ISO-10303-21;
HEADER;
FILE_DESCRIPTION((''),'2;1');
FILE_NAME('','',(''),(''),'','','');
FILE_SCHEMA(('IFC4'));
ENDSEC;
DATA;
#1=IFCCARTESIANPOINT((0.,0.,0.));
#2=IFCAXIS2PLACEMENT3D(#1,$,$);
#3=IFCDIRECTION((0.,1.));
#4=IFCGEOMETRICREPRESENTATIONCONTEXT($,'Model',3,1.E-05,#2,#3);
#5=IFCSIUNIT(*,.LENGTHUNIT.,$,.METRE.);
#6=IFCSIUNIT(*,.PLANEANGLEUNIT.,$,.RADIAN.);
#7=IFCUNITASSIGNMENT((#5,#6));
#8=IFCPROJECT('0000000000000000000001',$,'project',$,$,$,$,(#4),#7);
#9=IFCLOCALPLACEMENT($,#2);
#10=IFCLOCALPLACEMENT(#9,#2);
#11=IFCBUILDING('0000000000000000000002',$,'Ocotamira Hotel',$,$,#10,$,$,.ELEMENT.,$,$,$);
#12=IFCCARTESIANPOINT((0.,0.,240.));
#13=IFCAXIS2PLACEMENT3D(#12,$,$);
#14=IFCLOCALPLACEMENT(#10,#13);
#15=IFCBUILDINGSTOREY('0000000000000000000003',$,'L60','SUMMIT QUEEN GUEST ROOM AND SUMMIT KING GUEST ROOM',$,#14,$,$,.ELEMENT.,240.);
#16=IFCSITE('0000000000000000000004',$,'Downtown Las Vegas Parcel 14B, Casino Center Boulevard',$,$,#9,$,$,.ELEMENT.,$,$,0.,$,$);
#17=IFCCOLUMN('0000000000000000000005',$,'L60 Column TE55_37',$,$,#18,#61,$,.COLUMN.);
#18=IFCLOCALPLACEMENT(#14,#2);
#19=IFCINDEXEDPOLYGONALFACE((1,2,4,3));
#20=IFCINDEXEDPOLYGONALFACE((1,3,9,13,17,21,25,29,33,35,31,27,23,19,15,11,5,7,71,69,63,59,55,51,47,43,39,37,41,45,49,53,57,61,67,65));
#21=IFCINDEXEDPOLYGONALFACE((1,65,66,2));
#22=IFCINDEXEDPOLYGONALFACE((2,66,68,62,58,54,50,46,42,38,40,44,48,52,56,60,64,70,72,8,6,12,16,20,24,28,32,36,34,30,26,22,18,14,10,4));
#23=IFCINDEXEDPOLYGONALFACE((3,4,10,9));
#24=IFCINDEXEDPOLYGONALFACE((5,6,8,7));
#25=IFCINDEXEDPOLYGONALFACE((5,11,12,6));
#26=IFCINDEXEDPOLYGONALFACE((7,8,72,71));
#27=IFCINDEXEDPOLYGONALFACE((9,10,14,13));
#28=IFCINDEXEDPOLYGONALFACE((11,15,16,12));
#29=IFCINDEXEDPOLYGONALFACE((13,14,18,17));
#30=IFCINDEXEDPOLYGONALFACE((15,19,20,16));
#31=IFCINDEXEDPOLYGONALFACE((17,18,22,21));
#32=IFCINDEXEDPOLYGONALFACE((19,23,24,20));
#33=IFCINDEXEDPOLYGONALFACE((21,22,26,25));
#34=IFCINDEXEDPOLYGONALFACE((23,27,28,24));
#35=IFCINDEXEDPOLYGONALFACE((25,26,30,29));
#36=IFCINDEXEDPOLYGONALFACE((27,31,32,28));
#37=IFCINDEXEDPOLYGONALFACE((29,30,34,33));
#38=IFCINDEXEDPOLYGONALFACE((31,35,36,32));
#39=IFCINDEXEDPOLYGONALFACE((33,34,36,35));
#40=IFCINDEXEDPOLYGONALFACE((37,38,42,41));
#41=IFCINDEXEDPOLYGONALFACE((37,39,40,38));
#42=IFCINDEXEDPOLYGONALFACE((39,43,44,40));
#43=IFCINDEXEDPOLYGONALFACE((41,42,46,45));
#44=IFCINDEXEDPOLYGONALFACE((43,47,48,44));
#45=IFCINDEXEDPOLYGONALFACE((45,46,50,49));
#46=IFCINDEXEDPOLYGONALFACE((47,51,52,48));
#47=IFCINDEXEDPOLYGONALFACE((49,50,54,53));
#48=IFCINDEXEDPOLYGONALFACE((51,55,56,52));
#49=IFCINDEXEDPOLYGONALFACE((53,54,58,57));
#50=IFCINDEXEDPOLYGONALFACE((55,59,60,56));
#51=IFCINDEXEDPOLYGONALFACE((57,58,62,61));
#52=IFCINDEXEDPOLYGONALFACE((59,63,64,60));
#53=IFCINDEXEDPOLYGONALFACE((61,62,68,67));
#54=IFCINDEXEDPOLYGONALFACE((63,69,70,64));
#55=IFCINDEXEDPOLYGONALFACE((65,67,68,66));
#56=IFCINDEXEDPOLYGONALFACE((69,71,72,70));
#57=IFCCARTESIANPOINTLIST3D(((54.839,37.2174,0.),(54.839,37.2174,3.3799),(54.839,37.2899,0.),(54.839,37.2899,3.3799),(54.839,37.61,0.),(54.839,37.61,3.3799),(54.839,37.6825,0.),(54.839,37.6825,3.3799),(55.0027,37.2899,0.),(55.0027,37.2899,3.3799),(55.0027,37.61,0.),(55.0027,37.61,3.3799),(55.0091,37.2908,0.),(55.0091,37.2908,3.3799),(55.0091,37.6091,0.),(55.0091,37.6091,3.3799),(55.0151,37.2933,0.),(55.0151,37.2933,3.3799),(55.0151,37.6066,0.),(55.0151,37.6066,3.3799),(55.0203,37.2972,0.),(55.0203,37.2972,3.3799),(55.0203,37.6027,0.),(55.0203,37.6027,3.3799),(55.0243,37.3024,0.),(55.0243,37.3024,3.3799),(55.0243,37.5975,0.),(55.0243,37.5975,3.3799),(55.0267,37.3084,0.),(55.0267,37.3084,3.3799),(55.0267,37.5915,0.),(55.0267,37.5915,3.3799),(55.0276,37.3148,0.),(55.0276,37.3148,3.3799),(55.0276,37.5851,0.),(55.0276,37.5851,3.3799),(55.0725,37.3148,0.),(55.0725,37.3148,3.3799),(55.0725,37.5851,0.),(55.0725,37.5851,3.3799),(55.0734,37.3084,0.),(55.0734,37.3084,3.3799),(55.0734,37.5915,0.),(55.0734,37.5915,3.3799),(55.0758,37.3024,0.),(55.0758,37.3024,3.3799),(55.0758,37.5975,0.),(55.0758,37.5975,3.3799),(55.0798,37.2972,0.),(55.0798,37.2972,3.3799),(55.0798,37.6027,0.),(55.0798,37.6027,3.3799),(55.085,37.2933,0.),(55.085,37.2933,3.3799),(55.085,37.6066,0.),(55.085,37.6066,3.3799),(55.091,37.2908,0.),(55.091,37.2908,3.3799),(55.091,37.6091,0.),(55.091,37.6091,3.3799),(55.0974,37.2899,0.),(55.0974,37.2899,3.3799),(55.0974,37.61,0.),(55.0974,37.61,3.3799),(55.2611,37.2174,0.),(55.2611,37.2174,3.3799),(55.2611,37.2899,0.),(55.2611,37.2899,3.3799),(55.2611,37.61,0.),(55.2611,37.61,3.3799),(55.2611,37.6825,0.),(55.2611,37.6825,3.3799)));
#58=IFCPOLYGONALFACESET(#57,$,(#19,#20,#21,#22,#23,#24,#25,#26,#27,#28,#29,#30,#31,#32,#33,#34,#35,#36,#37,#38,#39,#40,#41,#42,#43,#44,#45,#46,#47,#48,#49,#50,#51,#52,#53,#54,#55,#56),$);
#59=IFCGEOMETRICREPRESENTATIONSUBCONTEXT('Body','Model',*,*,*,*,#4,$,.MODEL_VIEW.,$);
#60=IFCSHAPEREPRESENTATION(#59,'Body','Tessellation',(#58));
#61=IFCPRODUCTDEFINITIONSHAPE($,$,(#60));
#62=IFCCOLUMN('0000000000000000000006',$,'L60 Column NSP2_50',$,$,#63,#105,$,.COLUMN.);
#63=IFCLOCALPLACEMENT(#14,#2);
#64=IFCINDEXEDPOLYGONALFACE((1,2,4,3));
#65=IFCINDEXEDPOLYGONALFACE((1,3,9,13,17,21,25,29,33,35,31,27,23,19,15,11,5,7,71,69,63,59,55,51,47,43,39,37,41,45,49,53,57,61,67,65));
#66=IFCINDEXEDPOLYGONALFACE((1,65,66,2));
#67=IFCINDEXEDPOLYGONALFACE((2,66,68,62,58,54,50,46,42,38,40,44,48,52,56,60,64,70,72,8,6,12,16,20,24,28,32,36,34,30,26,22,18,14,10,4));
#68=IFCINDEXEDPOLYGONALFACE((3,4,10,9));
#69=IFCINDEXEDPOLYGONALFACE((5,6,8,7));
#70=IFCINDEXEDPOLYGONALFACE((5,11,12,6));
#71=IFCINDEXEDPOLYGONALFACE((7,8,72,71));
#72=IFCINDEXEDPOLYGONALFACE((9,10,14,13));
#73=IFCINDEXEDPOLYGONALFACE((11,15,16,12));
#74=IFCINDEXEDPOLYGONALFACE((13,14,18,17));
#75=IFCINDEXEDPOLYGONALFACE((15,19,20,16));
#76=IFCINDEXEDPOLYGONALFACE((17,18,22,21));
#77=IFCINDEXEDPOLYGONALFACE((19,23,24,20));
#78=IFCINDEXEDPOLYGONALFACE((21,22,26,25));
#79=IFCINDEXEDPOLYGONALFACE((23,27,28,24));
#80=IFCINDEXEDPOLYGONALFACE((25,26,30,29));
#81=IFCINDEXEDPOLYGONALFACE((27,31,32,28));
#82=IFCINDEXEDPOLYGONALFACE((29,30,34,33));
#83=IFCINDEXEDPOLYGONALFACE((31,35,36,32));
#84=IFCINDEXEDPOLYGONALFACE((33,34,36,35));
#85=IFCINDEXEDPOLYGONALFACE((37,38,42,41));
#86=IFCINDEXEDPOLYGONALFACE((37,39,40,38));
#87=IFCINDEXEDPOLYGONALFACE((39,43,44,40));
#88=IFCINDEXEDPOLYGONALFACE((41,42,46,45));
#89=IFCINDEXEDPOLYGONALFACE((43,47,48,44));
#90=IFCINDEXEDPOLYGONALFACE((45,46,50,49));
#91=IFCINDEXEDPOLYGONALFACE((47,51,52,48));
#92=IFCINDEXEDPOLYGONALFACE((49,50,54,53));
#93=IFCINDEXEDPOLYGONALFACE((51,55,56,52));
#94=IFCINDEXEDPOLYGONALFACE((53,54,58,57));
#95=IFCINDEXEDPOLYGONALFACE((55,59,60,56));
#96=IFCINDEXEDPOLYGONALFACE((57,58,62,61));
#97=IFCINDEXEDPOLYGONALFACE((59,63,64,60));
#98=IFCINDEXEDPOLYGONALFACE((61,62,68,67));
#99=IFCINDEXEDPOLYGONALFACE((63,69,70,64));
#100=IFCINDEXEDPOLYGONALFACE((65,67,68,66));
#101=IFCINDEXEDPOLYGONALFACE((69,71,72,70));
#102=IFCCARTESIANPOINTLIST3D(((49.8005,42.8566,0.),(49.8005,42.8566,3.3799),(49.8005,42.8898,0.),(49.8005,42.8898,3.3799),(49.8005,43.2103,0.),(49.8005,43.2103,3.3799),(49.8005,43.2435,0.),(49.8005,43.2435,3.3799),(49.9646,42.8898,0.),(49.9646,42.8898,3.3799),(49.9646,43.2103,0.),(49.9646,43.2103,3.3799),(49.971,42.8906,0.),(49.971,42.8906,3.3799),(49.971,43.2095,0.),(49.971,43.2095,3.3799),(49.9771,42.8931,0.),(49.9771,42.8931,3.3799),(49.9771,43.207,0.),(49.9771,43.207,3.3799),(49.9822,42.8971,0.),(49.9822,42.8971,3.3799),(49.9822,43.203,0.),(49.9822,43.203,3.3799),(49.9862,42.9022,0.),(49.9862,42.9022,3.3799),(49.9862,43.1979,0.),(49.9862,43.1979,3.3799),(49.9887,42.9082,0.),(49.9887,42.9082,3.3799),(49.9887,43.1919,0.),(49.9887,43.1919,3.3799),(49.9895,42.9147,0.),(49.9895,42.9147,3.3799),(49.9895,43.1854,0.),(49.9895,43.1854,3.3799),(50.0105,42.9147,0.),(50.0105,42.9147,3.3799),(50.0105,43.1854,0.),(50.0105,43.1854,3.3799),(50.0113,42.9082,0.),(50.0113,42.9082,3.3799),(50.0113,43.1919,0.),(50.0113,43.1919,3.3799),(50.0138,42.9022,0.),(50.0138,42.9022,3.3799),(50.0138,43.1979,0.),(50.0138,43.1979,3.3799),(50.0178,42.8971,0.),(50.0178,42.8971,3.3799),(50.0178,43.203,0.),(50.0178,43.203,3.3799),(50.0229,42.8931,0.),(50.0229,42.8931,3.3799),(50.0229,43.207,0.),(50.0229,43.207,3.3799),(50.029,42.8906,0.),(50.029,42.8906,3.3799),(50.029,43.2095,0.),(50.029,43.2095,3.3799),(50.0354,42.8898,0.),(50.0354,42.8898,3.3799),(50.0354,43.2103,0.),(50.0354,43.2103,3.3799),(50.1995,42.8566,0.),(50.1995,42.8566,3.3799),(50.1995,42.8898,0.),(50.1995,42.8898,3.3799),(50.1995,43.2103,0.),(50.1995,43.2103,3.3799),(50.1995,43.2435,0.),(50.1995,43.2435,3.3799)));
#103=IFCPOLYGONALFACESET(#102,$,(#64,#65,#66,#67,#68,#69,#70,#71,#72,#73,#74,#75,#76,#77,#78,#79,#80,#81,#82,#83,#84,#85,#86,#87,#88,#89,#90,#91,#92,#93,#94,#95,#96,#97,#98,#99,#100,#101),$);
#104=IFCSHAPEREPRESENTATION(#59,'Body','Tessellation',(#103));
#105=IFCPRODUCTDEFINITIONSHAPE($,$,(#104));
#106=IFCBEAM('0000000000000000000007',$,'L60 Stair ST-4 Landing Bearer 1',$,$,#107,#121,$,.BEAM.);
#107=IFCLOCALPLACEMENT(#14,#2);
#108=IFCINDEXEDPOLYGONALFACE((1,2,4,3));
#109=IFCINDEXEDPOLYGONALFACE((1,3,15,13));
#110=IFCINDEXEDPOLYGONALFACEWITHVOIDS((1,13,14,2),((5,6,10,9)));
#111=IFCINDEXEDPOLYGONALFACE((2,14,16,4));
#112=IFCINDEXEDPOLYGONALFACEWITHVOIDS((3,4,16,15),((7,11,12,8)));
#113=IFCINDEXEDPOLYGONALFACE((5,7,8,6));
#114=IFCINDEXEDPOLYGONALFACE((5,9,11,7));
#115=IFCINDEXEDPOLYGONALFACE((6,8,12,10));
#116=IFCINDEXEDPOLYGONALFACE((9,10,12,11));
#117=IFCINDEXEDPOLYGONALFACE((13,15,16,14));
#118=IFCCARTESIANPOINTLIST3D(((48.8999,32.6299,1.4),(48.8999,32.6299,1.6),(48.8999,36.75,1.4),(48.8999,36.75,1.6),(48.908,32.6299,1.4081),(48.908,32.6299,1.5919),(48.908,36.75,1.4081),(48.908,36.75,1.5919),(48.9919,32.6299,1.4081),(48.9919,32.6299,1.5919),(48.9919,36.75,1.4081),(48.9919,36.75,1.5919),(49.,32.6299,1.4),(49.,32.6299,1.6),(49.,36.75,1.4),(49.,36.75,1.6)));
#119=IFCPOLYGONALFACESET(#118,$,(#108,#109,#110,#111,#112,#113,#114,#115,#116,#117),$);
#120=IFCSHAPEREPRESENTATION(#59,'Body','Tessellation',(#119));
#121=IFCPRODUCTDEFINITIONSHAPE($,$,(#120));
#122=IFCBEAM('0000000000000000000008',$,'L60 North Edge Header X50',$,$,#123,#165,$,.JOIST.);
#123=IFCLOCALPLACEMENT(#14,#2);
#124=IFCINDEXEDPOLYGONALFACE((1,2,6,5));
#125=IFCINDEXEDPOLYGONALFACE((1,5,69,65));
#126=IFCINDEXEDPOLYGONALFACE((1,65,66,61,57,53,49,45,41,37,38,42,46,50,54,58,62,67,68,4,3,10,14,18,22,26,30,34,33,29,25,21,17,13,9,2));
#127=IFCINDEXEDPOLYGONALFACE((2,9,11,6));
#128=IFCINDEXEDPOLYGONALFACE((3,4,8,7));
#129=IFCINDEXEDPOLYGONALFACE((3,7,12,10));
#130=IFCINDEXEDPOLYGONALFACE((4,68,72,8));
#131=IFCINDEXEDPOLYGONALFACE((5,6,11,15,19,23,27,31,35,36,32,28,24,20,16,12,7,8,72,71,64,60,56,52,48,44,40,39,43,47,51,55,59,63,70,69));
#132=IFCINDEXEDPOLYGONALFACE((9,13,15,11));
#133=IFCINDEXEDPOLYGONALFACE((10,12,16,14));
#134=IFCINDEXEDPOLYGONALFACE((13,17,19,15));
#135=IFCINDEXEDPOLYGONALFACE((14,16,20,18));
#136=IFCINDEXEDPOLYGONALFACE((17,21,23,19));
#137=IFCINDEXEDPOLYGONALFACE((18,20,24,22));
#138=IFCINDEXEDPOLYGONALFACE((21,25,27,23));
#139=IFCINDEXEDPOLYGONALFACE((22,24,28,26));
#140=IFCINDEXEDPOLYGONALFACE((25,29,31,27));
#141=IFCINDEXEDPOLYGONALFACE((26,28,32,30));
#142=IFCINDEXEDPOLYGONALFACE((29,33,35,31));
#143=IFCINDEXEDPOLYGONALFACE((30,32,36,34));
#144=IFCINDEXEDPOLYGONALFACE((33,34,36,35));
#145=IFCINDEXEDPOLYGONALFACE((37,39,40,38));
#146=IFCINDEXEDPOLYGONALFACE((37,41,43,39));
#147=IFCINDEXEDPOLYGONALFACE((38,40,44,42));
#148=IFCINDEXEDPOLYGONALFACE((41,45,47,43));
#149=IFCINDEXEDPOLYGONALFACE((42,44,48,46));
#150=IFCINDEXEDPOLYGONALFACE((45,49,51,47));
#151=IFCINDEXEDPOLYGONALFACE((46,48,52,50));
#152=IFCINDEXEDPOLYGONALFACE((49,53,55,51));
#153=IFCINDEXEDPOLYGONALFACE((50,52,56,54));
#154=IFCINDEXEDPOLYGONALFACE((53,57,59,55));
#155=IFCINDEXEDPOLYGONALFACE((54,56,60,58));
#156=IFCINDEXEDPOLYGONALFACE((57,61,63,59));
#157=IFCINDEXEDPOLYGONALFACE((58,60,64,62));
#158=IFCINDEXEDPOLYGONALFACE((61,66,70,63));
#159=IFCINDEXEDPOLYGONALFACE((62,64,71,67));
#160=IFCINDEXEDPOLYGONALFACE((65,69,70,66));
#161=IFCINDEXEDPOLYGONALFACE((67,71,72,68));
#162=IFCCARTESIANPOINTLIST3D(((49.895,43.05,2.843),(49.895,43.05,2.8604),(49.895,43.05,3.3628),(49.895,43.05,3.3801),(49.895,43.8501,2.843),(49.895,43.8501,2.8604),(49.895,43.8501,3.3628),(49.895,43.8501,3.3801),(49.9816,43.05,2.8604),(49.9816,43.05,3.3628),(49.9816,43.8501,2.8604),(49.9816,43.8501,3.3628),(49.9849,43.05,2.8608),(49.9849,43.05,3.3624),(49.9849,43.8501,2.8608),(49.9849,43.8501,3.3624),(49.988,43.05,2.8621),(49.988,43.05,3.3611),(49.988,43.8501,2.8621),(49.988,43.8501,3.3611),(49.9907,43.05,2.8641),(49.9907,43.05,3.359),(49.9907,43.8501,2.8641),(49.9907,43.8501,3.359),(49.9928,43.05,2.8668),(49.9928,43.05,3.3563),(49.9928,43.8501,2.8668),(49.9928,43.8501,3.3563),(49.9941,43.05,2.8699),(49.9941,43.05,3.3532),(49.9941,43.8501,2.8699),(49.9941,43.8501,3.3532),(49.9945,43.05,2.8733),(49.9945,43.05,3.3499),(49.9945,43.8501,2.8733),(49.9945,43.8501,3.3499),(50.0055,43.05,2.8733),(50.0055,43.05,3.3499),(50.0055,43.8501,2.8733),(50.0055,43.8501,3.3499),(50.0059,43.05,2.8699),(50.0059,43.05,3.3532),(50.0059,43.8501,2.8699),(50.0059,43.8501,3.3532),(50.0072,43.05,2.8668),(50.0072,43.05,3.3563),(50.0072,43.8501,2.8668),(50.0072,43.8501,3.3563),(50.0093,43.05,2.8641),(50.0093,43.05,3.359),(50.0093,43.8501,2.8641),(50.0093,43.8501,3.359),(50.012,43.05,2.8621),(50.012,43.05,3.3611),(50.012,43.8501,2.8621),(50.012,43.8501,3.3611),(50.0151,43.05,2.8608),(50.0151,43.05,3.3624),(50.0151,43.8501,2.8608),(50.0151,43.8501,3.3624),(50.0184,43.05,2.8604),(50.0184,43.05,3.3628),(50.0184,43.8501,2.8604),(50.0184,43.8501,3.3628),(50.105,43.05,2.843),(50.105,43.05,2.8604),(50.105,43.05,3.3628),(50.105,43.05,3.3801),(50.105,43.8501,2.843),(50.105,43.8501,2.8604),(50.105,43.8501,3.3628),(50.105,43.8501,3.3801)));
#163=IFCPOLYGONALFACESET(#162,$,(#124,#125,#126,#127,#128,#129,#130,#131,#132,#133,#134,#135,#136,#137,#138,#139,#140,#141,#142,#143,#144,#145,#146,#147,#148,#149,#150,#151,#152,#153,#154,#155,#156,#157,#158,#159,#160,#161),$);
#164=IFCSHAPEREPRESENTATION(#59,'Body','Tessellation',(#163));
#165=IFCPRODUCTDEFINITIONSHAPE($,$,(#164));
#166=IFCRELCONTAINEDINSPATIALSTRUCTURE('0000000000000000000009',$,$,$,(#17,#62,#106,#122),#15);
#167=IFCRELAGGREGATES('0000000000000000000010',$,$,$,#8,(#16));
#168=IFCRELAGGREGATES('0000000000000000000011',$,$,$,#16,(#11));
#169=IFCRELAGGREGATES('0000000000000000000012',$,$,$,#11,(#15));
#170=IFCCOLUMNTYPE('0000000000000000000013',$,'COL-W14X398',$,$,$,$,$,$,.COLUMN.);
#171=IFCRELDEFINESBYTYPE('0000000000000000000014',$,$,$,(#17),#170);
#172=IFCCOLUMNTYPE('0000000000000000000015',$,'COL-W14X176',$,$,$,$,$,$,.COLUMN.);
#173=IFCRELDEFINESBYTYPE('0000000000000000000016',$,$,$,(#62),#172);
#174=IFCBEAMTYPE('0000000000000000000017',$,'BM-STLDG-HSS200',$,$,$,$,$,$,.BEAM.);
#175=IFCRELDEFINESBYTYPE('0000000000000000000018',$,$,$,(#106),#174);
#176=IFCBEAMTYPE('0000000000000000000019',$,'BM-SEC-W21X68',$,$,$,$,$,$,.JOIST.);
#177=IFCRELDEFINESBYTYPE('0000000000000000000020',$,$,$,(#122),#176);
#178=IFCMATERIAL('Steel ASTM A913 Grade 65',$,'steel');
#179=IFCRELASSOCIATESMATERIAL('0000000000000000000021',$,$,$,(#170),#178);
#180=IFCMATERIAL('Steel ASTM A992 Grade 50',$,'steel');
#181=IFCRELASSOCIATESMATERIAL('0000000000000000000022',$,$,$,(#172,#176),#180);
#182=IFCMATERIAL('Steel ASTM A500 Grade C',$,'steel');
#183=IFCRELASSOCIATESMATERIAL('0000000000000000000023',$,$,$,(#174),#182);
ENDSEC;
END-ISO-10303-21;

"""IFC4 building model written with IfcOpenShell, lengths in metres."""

from ifc_helpers import new_model, si_unit, direction, frame, origin, origin_2d, place, context, subcontext, project, spatial, hollow_rectangle, i_section, extrude, source, transform, mapped, material, material_profile, profile_set, type_object, element, save


model = new_model("IFC4")

# Units and contexts
model_context = context("Model", 3, precision=1e-05, world=origin(), true_north=direction((0.0, 1.0)))
body_context = subcontext(model_context, "Body", "Model", "MODEL_VIEW")
ifc_project = project(units=[si_unit("LENGTHUNIT", "METRE"), si_unit("PLANEANGLEUNIT", "RADIAN")], contexts=[model_context])

# Site, building, storey
site_placement = place(None, origin())
site = spatial("IfcSite", under=ifc_project, at=site_placement, Name="Downtown Las Vegas Parcel 14B, Casino Center Boulevard", CompositionType="ELEMENT", RefElevation=0.0)
building_placement = place(site_placement, origin())
building = spatial("IfcBuilding", under=site, at=building_placement, Name="Ocotamira Hotel", CompositionType="ELEMENT")
storey_placement = place(building_placement, frame((0.0, 0.0, 240.0)))
storey = spatial("IfcBuildingStorey", under=building, at=storey_placement, Name="L60", Description="SUMMIT QUEEN GUEST ROOM AND SUMMIT KING GUEST ROOM", CompositionType="ELEMENT", Elevation=240.0)

# Columns
ifc_material_1 = material(Name="Steel ASTM A913 Grade 65", Category="steel")
ifc_material_profile_1 = material_profile(ifc_material_1, i_section(OverallWidth=0.4221, OverallDepth=0.4651, WebThickness=0.0449, FlangeThickness=0.0725, FilletRadius=0.0249, at=origin_2d()), Name="W14X398")
ifc_profile_set_1 = profile_set([ifc_material_profile_1], Name="Steel ASTM A913 Grade 65")
column_type_1 = type_object("IfcColumnType", Name="COL-W14X398", PredefinedType="COLUMN", material=ifc_profile_set_1)
shared_shape_1 = source(origin(), body_context, "Body", "SweptSolid", [
    extrude(i_section(OverallWidth=0.4221, OverallDepth=0.4651, WebThickness=0.0449, FlangeThickness=0.0725, FilletRadius=0.0249, at=origin_2d()), origin(), (0.0, 0.0, 1.0), 3.3799),
])
column_1_placement = place(storey_placement, frame((55.05, 37.45, 0.0), z_axis=(0.0, 0.0, 1.0), x_axis=(1.0, 0.0, 0.0)))
element("IfcColumn", 1, at=column_1_placement, inside=storey, type_object=column_type_1, Name="L60 Column TE55_37", PredefinedType="COLUMN", context=body_context, shape_type="MappedRepresentation", body=[
    mapped(shared_shape_1, transform((0.0, 0.0, 0.0), scale=1.0)),
])
ifc_material_2 = material(Name="Steel ASTM A992 Grade 50", Category="steel")
ifc_material_profile_2 = material_profile(ifc_material_2, i_section(OverallWidth=0.3989, OverallDepth=0.387, WebThickness=0.021, FlangeThickness=0.0332, FilletRadius=0.0249, at=origin_2d()), Name="W14X176")
ifc_profile_set_2 = profile_set([ifc_material_profile_2], Name="Steel ASTM A992 Grade 50")
column_type_2 = type_object("IfcColumnType", Name="COL-W14X176", PredefinedType="COLUMN", material=ifc_profile_set_2)
shared_shape_2 = source(origin(), body_context, "Body", "SweptSolid", [
    extrude(i_section(OverallWidth=0.3989, OverallDepth=0.387, WebThickness=0.021, FlangeThickness=0.0332, FilletRadius=0.0249, at=origin_2d()), origin(), (0.0, 0.0, 1.0), 3.3799),
])
column_2_placement = place(storey_placement, frame((50.0, 43.05, 0.0), z_axis=(0.0, 0.0, 1.0), x_axis=(1.0, 0.0, 0.0)))
element("IfcColumn", 2, at=column_2_placement, inside=storey, type_object=column_type_2, Name="L60 Column NSP2_50", PredefinedType="COLUMN", context=body_context, shape_type="MappedRepresentation", body=[
    mapped(shared_shape_2, transform((0.0, 0.0, 0.0), scale=1.0)),
])

# Beams
ifc_material_3 = material(Name="Steel ASTM A500 Grade C", Category="steel")
ifc_material_profile_3 = material_profile(ifc_material_3, hollow_rectangle(XDim=0.1001, YDim=0.2, WallThickness=0.0081, at=origin_2d()), Name="HSS200X100X8")
ifc_profile_set_3 = profile_set([ifc_material_profile_3], Name="Steel ASTM A500 Grade C")
beam_type_1 = type_object("IfcBeamType", Name="BM-STLDG-HSS200", PredefinedType="BEAM", material=ifc_profile_set_3)
shared_shape_3 = source(origin(), body_context, "Body", "SweptSolid", [
    extrude(hollow_rectangle(XDim=0.1001, YDim=0.2, WallThickness=0.0081, at=origin_2d()), origin(), (0.0, 0.0, 1.0), 4.1201),
])
beam_placement = place(storey_placement, frame((48.95, 32.6299, 1.5), z_axis=(0.0, 1.0, 0.0), x_axis=(-1.0, 0.0, 0.0)))
element("IfcBeam", 3, at=beam_placement, inside=storey, type_object=beam_type_1, Name="L60 Stair ST-4 Landing Bearer 1", PredefinedType="BEAM", context=body_context, shape_type="MappedRepresentation", body=[
    mapped(shared_shape_3, transform((0.0, 0.0, 0.0), scale=1.0)),
])
ifc_material_profile_4 = material_profile(ifc_material_2, i_section(OverallWidth=0.21, OverallDepth=0.5371, WebThickness=0.011, FlangeThickness=0.0173, FilletRadius=0.0129, at=origin_2d()), Name="W21X68")
ifc_profile_set_4 = profile_set([ifc_material_profile_4], Name="Steel ASTM A992 Grade 50")
beam_type_2 = type_object("IfcBeamType", Name="BM-SEC-W21X68", PredefinedType="JOIST", material=ifc_profile_set_4)
shared_shape_4 = source(origin(), body_context, "Body", "SweptSolid", [
    extrude(i_section(OverallWidth=0.21, OverallDepth=0.5371, WebThickness=0.011, FlangeThickness=0.0173, FilletRadius=0.0129, at=origin_2d()), origin(), (0.0, 0.0, 1.0), 0.8),
])
for number, where, z_axis, x_axis, name in (
    (4, (50.0, 43.05, 3.1116), (0.0, 1.0, 0.0), (-1.0, 0.0, 0.0), "L60 North Edge Header X50"),
):
    element("IfcBeam", number, at=place(storey_placement, frame(where, z_axis=z_axis, x_axis=x_axis)), inside=storey, type_object=beam_type_2, Name=name, PredefinedType="JOIST", context=body_context, shape_type="MappedRepresentation", body=[
        mapped(shared_shape_4, transform((0.0, 0.0, 0.0), scale=1.0)),
    ])

save(model, "model.ifc")
